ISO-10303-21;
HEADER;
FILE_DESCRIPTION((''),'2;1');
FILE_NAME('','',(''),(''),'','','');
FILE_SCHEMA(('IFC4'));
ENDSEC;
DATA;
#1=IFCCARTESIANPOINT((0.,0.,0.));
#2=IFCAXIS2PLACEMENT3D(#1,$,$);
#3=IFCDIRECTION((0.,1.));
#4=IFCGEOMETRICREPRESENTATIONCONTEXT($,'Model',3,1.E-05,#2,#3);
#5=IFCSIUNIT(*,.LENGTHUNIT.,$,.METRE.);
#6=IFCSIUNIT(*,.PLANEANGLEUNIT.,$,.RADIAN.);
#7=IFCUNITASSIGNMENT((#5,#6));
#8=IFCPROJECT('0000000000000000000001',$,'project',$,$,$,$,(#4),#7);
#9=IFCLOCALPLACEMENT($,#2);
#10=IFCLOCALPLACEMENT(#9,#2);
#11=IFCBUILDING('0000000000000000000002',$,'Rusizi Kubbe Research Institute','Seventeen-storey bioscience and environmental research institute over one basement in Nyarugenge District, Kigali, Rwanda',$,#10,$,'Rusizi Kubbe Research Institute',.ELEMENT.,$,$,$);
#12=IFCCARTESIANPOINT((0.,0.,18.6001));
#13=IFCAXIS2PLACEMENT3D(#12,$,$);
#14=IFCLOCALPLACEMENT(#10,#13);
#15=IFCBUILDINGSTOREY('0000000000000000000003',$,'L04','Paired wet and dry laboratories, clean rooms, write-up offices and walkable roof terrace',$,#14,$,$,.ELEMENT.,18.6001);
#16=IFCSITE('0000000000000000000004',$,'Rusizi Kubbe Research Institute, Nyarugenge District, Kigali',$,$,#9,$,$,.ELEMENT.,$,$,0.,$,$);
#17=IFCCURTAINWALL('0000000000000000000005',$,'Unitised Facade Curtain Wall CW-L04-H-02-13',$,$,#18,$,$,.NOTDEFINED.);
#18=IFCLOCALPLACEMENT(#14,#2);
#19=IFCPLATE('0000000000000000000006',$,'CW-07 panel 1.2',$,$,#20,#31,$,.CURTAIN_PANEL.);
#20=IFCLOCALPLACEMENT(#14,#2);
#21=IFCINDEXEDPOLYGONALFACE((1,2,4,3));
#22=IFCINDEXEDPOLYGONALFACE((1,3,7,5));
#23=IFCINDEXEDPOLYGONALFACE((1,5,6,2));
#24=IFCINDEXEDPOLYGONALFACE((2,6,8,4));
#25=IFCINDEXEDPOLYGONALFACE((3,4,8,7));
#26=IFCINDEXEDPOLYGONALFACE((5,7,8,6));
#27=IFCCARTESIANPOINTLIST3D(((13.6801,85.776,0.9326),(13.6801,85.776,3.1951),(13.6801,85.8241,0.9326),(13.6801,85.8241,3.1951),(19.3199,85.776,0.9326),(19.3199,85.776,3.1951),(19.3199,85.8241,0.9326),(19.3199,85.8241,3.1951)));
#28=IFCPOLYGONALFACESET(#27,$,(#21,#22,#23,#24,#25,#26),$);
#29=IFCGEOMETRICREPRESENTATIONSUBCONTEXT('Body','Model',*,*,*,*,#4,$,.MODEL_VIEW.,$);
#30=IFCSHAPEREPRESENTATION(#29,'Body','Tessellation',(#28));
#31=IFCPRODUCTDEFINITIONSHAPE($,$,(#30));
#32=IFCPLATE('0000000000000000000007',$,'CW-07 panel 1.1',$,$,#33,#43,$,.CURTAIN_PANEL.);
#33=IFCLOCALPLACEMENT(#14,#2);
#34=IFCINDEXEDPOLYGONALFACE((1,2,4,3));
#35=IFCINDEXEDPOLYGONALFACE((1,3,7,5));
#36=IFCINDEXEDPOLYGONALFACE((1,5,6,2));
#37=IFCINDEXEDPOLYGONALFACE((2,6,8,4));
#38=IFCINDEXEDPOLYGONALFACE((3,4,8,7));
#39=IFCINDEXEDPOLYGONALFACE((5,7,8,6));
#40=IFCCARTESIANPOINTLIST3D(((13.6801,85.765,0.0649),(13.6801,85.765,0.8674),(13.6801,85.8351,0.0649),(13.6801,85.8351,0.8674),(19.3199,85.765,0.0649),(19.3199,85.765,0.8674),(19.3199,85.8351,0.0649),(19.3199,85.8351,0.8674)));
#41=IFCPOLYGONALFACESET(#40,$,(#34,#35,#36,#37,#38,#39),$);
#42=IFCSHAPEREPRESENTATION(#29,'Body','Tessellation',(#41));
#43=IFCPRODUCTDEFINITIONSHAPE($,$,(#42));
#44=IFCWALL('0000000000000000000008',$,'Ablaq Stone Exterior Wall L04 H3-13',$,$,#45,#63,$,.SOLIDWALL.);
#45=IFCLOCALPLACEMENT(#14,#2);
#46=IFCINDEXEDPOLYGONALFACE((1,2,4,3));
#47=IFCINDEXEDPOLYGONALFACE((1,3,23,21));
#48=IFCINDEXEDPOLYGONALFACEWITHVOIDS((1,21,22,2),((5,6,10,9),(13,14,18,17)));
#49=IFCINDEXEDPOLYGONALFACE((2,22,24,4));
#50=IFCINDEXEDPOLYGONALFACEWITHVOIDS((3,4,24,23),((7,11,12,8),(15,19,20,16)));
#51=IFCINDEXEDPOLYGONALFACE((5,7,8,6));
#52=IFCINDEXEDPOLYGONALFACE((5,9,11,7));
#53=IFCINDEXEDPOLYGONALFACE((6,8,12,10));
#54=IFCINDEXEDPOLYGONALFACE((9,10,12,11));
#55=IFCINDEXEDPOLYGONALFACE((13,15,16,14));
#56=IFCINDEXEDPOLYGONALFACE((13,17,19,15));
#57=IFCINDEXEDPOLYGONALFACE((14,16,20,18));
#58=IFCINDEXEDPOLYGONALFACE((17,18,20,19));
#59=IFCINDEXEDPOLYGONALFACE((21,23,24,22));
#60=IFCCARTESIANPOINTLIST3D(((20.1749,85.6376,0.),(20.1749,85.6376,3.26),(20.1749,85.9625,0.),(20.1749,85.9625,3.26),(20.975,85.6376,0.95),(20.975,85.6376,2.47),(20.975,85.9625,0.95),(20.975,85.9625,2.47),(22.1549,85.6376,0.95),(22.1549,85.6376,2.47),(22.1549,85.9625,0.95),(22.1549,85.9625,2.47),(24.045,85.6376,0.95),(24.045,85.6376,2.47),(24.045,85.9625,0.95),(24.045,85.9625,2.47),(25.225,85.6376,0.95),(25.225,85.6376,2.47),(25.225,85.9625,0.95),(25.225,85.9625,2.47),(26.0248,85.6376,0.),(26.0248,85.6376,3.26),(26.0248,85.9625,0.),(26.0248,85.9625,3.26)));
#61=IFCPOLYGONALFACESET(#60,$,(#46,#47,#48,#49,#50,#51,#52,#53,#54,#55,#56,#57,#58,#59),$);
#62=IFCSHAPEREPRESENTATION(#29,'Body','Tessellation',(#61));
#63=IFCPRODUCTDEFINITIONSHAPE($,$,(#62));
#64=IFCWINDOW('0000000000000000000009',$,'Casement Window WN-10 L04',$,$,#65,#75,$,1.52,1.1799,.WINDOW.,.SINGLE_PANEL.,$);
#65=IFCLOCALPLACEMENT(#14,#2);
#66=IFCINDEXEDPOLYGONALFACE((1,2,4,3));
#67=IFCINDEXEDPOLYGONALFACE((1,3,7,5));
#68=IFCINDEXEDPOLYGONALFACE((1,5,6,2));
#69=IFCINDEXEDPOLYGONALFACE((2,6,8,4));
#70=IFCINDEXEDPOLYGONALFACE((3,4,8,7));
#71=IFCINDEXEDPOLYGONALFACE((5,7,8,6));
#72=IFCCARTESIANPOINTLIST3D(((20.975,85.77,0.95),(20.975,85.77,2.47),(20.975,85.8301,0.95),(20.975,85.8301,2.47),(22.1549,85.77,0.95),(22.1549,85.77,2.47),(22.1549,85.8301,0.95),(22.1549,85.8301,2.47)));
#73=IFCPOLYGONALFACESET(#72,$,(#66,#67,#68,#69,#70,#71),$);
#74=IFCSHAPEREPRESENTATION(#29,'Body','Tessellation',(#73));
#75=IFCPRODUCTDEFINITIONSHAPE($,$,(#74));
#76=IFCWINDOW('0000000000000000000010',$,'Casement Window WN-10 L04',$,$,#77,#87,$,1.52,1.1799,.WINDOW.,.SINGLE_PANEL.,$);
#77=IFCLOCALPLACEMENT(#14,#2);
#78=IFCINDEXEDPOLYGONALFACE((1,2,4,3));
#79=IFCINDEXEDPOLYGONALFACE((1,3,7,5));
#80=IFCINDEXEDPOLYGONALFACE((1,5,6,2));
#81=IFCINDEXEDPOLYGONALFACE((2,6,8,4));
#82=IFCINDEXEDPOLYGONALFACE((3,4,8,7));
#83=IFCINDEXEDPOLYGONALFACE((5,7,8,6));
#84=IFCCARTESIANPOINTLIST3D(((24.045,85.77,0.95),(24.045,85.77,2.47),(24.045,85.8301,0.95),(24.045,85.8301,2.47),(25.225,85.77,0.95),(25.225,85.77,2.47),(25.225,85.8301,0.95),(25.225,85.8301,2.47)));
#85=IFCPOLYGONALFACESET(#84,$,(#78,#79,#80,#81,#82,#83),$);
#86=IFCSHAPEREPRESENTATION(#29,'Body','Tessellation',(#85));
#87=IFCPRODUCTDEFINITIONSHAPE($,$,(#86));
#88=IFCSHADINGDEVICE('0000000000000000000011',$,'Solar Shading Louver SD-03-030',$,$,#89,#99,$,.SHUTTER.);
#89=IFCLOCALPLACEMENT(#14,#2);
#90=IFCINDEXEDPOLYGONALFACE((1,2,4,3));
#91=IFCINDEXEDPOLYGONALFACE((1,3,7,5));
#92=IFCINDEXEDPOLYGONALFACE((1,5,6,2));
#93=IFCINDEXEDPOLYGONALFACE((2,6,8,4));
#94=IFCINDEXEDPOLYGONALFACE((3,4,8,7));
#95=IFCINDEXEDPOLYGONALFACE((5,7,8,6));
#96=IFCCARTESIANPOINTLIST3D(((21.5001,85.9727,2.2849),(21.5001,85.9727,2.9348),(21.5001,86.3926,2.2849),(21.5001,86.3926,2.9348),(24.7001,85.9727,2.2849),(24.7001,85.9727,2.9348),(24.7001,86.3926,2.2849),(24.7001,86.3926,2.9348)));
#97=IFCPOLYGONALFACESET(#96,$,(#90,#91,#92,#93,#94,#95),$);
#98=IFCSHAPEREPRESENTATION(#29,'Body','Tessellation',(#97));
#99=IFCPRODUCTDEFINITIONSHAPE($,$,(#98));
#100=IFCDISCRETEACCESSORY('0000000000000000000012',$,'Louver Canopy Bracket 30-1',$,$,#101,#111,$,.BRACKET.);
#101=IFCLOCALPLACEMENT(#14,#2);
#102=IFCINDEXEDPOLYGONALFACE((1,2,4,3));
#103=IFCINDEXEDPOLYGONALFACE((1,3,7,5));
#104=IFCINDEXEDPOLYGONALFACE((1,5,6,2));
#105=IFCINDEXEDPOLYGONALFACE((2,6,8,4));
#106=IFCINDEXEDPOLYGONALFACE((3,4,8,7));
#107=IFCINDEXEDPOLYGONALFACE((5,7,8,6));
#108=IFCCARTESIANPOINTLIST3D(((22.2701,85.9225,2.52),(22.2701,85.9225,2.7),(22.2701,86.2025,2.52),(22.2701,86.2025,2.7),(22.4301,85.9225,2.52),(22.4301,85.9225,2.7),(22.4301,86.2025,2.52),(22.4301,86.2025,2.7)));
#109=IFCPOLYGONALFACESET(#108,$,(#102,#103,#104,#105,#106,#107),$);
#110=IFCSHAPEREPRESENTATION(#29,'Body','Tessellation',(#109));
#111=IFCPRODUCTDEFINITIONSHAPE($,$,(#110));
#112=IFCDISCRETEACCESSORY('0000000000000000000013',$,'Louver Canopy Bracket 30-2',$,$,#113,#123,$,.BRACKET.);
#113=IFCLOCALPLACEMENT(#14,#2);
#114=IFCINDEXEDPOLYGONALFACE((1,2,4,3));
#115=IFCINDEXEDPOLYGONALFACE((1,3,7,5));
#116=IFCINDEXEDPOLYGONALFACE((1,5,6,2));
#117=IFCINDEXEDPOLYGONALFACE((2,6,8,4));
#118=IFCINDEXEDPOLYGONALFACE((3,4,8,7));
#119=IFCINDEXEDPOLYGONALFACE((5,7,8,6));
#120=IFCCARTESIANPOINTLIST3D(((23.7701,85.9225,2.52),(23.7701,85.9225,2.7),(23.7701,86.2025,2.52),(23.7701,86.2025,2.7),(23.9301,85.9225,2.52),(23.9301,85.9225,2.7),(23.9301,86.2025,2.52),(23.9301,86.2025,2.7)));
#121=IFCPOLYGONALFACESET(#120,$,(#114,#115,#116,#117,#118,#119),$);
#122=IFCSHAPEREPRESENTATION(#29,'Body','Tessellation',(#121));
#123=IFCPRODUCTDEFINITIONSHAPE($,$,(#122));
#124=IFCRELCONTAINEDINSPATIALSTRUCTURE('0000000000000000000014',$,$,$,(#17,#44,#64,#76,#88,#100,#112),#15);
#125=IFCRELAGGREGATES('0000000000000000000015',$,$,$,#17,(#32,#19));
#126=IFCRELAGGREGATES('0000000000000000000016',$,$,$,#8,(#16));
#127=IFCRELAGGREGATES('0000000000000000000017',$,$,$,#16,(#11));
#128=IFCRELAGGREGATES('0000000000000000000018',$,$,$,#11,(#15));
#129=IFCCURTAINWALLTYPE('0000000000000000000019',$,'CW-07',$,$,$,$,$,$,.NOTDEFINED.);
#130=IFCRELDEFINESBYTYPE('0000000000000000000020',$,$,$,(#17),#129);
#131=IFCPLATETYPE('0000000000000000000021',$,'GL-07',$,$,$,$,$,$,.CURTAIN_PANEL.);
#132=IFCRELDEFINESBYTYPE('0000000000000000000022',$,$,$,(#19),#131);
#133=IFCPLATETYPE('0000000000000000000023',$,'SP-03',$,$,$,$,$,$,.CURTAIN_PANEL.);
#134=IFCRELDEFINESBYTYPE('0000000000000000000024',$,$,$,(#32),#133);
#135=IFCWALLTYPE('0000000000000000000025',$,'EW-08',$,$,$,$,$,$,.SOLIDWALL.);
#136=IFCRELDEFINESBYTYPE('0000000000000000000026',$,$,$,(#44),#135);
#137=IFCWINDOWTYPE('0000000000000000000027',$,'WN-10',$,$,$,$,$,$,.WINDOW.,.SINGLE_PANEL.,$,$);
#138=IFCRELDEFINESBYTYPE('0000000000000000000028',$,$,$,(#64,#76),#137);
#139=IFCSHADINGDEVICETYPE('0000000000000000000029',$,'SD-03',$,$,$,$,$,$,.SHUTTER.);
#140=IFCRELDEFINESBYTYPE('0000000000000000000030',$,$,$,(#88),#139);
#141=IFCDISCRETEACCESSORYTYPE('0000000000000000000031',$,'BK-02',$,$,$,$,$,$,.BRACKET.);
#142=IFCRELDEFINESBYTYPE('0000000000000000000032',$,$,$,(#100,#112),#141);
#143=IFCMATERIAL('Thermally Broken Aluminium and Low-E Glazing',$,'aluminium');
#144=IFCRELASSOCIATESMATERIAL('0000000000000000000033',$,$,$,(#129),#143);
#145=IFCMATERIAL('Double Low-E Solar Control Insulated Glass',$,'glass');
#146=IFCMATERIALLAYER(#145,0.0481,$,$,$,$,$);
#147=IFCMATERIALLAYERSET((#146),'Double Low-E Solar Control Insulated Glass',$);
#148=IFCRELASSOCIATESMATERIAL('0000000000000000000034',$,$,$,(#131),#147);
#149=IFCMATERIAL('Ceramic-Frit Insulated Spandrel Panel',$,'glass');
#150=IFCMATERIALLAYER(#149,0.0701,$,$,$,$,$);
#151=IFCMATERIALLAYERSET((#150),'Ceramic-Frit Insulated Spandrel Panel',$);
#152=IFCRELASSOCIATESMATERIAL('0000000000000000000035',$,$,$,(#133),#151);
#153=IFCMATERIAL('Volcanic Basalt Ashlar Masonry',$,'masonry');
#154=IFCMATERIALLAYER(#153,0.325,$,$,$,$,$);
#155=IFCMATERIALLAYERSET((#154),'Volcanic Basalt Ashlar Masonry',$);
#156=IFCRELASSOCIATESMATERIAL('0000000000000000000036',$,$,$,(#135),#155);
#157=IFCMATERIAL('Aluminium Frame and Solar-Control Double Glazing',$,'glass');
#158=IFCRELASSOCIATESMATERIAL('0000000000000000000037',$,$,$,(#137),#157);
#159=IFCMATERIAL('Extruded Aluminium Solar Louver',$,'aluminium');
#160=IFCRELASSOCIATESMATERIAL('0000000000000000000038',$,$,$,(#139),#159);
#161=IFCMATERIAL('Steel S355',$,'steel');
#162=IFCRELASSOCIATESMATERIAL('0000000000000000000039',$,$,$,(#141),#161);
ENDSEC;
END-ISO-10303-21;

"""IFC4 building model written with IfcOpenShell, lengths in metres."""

from ifc_helpers import new_model, si_unit, direction, frame, frame_2d, origin, origin_2d, place, context, subcontext, project, spatial, rectangle, extrude, material, layer, layer_set, type_object, element, fill, aggregate, save


model = new_model("IFC4")

# Units and contexts
model_context = context("Model", 3, precision=1e-05, world=origin(), true_north=direction((0.0, 1.0)))
body_context = subcontext(model_context, "Body", "Model", "MODEL_VIEW")
ifc_project = project(units=[si_unit("LENGTHUNIT", "METRE"), si_unit("PLANEANGLEUNIT", "RADIAN")], contexts=[model_context])

# Site, building, storey
site_placement = place(None, origin())
site = spatial("IfcSite", under=ifc_project, at=site_placement, Name="Rusizi Kubbe Research Institute, Nyarugenge District, Kigali", CompositionType="ELEMENT", RefElevation=0.0)
building_placement = place(site_placement, origin())
building = spatial("IfcBuilding", under=site, at=building_placement, Name="Rusizi Kubbe Research Institute", Description="Seventeen-storey bioscience and environmental research institute over one basement in Nyarugenge District, Kigali, Rwanda", LongName="Rusizi Kubbe Research Institute", CompositionType="ELEMENT")
storey_placement = place(building_placement, frame((0.0, 0.0, 18.6001)))
storey = spatial("IfcBuildingStorey", under=building, at=storey_placement, Name="L04", Description="Paired wet and dry laboratories, clean rooms, write-up offices and walkable roof terrace", CompositionType="ELEMENT", Elevation=18.6001)

# Curtain wall, plates
ifc_material_1 = material(Name="Thermally Broken Aluminium and Low-E Glazing", Category="aluminium")
curtain_wall_type = type_object("IfcCurtainWallType", Name="CW-07", PredefinedType="NOTDEFINED", material=ifc_material_1)
curtain_wall_placement = place(storey_placement, origin())
curtain_wall = element("IfcCurtainWall", 1, at=curtain_wall_placement, inside=storey, type_object=curtain_wall_type, Name="Unitised Facade Curtain Wall CW-L04-H-02-13", PredefinedType="NOTDEFINED")
ifc_material_2 = material(Name="Double Low-E Solar Control Insulated Glass", Category="glass")
ifc_layer_1 = layer(ifc_material_2, 0.0481)
ifc_layer_set_1 = layer_set([ifc_layer_1], Name="Double Low-E Solar Control Insulated Glass")
plate_type_1 = type_object("IfcPlateType", Name="GL-07", PredefinedType="CURTAIN_PANEL", material=ifc_layer_set_1)
plate_1_placement = place(storey_placement, frame((16.5, 85.8, 0.9326), z_axis=(0.0, 0.0, 1.0), x_axis=(1.0, 0.0, 0.0)))
plate_1 = element("IfcPlate", 2, at=plate_1_placement, type_object=plate_type_1, Name="CW-07 panel 1.2", PredefinedType="CURTAIN_PANEL", context=body_context, shape_type="SweptSolid", body=[
    extrude(rectangle(XDim=5.6399, YDim=0.0481, at=origin_2d()), origin(), (0.0, 0.0, 1.0), 2.2625),
])
ifc_material_3 = material(Name="Ceramic-Frit Insulated Spandrel Panel", Category="glass")
ifc_layer_2 = layer(ifc_material_3, 0.0701)
ifc_layer_set_2 = layer_set([ifc_layer_2], Name="Ceramic-Frit Insulated Spandrel Panel")
plate_type_2 = type_object("IfcPlateType", Name="SP-03", PredefinedType="CURTAIN_PANEL", material=ifc_layer_set_2)
plate_2_placement = place(storey_placement, frame((16.5, 85.8, 0.0649), z_axis=(0.0, 0.0, 1.0), x_axis=(1.0, 0.0, 0.0)))
plate_2 = element("IfcPlate", 3, at=plate_2_placement, type_object=plate_type_2, Name="CW-07 panel 1.1", PredefinedType="CURTAIN_PANEL", context=body_context, shape_type="SweptSolid", body=[
    extrude(rectangle(XDim=5.6399, YDim=0.0701, at=origin_2d()), origin(), (0.0, 0.0, 1.0), 0.8025),
])
aggregate(curtain_wall, [plate_2, plate_1])

# Wall, openings, windows
ifc_material_4 = material(Name="Volcanic Basalt Ashlar Masonry", Category="masonry")
ifc_layer_3 = layer(ifc_material_4, 0.325)
ifc_layer_set_3 = layer_set([ifc_layer_3], Name="Volcanic Basalt Ashlar Masonry")
wall_type = type_object("IfcWallType", Name="EW-08", PredefinedType="SOLIDWALL", material=ifc_layer_set_3)
wall_placement = place(storey_placement, frame((20.175, 85.8, 0.0), z_axis=(0.0, 0.0, 1.0), x_axis=(1.0, 0.0, 0.0)))
wall = element("IfcWall", 4, at=wall_placement, inside=storey, type_object=wall_type, Name="Ablaq Stone Exterior Wall L04 H3-13", PredefinedType="SOLIDWALL", context=body_context, shape_type="SweptSolid", body=[
    extrude(rectangle(XDim=5.8499, YDim=0.325, at=frame_2d((2.9248, 0.0))), origin(), (0.0, 0.0, 1.0), 3.26),
])
opening_1_placement = place(wall_placement, frame((0.8, 0.0, 0.95)))
opening_1 = element("IfcOpeningElement", 5, at=opening_1_placement, cuts=wall, PredefinedType="OPENING", context=body_context, shape_type="SweptSolid", body=[
    extrude(rectangle(XDim=1.1799, YDim=1.52, at=frame_2d((0.5898, 0.76))), frame((0.0, 0.1724, 0.0), z_axis=(0.0, -1.0, 0.0), x_axis=(1.0, 0.0, 0.0)), (0.0, 0.0, 1.0), 0.345),
])
opening_2_placement = place(wall_placement, frame((3.8701, 0.0, 0.95)))
opening_2 = element("IfcOpeningElement", 6, at=opening_2_placement, cuts=wall, PredefinedType="OPENING", context=body_context, shape_type="SweptSolid", body=[
    extrude(rectangle(XDim=1.1799, YDim=1.52, at=frame_2d((0.5898, 0.76))), frame((0.0, 0.1724, 0.0), z_axis=(0.0, -1.0, 0.0), x_axis=(1.0, 0.0, 0.0)), (0.0, 0.0, 1.0), 0.345),
])
ifc_material_5 = material(Name="Aluminium Frame and Solar-Control Double Glazing", Category="glass")
window_type = type_object("IfcWindowType", Name="WN-10", PartitioningType="SINGLE_PANEL", PredefinedType="WINDOW", material=ifc_material_5)
window_1_placement = place(opening_1_placement, origin())
window_1 = element("IfcWindow", 7, at=window_1_placement, inside=storey, type_object=window_type, Name="Casement Window WN-10 L04", OverallHeight=1.52, OverallWidth=1.1799, PartitioningType="SINGLE_PANEL", PredefinedType="WINDOW", context=body_context, shape_type="SweptSolid", body=[
    extrude(rectangle(XDim=1.1799, YDim=1.52, at=frame_2d((0.5898, 0.76))), frame((0.0, 0.03, 0.0), z_axis=(0.0, -1.0, 0.0), x_axis=(1.0, 0.0, 0.0)), (0.0, 0.0, 1.0), 0.0601),
])
fill(opening_1, window_1)
window_2_placement = place(opening_2_placement, origin())
window_2 = element("IfcWindow", 8, at=window_2_placement, inside=storey, type_object=window_type, Name="Casement Window WN-10 L04", OverallHeight=1.52, OverallWidth=1.1799, PartitioningType="SINGLE_PANEL", PredefinedType="WINDOW", context=body_context, shape_type="SweptSolid", body=[
    extrude(rectangle(XDim=1.1799, YDim=1.52, at=frame_2d((0.5898, 0.76))), frame((0.0, 0.03, 0.0), z_axis=(0.0, -1.0, 0.0), x_axis=(1.0, 0.0, 0.0)), (0.0, 0.0, 1.0), 0.0601),
])
fill(opening_2, window_2)

# Shading device
ifc_material_6 = material(Name="Extruded Aluminium Solar Louver", Category="aluminium")
shading_device_type = type_object("IfcShadingDeviceType", Name="SD-03", PredefinedType="SHUTTER", material=ifc_material_6)
shading_device_placement = place(storey_placement, frame((23.1001, 86.1826, 2.2849), z_axis=(0.0, 0.0, 1.0), x_axis=(1.0, 0.0, 0.0)))
element("IfcShadingDevice", 9, at=shading_device_placement, inside=storey, type_object=shading_device_type, Name="Solar Shading Louver SD-03-030", PredefinedType="SHUTTER", context=body_context, shape_type="SweptSolid", body=[
    extrude(rectangle(XDim=3.2, YDim=0.4199, at=origin_2d()), origin(), (0.0, 0.0, 1.0), 0.6499),
])

# Discrete accessories
ifc_material_7 = material(Name="Steel S355", Category="steel")
discrete_accessory_type = type_object("IfcDiscreteAccessoryType", Name="BK-02", PredefinedType="BRACKET", material=ifc_material_7)
for number, where, z_axis, x_axis, name in (
    (10, (22.3501, 86.0625, 2.52), (0.0, 0.0, 1.0), (1.0, 0.0, 0.0), "Louver Canopy Bracket 30-1"),
    (11, (23.8501, 86.0625, 2.52), (0.0, 0.0, 1.0), (1.0, 0.0, 0.0), "Louver Canopy Bracket 30-2"),
):
    element("IfcDiscreteAccessory", number, at=place(storey_placement, frame(where, z_axis=z_axis, x_axis=x_axis)), inside=storey, type_object=discrete_accessory_type, Name=name, PredefinedType="BRACKET", context=body_context, shape_type="SweptSolid", body=[
        extrude(rectangle(XDim=0.1599, YDim=0.28, at=origin_2d()), origin(), (0.0, 0.0, 1.0), 0.1799),
    ])

save(model, "model.ifc")
